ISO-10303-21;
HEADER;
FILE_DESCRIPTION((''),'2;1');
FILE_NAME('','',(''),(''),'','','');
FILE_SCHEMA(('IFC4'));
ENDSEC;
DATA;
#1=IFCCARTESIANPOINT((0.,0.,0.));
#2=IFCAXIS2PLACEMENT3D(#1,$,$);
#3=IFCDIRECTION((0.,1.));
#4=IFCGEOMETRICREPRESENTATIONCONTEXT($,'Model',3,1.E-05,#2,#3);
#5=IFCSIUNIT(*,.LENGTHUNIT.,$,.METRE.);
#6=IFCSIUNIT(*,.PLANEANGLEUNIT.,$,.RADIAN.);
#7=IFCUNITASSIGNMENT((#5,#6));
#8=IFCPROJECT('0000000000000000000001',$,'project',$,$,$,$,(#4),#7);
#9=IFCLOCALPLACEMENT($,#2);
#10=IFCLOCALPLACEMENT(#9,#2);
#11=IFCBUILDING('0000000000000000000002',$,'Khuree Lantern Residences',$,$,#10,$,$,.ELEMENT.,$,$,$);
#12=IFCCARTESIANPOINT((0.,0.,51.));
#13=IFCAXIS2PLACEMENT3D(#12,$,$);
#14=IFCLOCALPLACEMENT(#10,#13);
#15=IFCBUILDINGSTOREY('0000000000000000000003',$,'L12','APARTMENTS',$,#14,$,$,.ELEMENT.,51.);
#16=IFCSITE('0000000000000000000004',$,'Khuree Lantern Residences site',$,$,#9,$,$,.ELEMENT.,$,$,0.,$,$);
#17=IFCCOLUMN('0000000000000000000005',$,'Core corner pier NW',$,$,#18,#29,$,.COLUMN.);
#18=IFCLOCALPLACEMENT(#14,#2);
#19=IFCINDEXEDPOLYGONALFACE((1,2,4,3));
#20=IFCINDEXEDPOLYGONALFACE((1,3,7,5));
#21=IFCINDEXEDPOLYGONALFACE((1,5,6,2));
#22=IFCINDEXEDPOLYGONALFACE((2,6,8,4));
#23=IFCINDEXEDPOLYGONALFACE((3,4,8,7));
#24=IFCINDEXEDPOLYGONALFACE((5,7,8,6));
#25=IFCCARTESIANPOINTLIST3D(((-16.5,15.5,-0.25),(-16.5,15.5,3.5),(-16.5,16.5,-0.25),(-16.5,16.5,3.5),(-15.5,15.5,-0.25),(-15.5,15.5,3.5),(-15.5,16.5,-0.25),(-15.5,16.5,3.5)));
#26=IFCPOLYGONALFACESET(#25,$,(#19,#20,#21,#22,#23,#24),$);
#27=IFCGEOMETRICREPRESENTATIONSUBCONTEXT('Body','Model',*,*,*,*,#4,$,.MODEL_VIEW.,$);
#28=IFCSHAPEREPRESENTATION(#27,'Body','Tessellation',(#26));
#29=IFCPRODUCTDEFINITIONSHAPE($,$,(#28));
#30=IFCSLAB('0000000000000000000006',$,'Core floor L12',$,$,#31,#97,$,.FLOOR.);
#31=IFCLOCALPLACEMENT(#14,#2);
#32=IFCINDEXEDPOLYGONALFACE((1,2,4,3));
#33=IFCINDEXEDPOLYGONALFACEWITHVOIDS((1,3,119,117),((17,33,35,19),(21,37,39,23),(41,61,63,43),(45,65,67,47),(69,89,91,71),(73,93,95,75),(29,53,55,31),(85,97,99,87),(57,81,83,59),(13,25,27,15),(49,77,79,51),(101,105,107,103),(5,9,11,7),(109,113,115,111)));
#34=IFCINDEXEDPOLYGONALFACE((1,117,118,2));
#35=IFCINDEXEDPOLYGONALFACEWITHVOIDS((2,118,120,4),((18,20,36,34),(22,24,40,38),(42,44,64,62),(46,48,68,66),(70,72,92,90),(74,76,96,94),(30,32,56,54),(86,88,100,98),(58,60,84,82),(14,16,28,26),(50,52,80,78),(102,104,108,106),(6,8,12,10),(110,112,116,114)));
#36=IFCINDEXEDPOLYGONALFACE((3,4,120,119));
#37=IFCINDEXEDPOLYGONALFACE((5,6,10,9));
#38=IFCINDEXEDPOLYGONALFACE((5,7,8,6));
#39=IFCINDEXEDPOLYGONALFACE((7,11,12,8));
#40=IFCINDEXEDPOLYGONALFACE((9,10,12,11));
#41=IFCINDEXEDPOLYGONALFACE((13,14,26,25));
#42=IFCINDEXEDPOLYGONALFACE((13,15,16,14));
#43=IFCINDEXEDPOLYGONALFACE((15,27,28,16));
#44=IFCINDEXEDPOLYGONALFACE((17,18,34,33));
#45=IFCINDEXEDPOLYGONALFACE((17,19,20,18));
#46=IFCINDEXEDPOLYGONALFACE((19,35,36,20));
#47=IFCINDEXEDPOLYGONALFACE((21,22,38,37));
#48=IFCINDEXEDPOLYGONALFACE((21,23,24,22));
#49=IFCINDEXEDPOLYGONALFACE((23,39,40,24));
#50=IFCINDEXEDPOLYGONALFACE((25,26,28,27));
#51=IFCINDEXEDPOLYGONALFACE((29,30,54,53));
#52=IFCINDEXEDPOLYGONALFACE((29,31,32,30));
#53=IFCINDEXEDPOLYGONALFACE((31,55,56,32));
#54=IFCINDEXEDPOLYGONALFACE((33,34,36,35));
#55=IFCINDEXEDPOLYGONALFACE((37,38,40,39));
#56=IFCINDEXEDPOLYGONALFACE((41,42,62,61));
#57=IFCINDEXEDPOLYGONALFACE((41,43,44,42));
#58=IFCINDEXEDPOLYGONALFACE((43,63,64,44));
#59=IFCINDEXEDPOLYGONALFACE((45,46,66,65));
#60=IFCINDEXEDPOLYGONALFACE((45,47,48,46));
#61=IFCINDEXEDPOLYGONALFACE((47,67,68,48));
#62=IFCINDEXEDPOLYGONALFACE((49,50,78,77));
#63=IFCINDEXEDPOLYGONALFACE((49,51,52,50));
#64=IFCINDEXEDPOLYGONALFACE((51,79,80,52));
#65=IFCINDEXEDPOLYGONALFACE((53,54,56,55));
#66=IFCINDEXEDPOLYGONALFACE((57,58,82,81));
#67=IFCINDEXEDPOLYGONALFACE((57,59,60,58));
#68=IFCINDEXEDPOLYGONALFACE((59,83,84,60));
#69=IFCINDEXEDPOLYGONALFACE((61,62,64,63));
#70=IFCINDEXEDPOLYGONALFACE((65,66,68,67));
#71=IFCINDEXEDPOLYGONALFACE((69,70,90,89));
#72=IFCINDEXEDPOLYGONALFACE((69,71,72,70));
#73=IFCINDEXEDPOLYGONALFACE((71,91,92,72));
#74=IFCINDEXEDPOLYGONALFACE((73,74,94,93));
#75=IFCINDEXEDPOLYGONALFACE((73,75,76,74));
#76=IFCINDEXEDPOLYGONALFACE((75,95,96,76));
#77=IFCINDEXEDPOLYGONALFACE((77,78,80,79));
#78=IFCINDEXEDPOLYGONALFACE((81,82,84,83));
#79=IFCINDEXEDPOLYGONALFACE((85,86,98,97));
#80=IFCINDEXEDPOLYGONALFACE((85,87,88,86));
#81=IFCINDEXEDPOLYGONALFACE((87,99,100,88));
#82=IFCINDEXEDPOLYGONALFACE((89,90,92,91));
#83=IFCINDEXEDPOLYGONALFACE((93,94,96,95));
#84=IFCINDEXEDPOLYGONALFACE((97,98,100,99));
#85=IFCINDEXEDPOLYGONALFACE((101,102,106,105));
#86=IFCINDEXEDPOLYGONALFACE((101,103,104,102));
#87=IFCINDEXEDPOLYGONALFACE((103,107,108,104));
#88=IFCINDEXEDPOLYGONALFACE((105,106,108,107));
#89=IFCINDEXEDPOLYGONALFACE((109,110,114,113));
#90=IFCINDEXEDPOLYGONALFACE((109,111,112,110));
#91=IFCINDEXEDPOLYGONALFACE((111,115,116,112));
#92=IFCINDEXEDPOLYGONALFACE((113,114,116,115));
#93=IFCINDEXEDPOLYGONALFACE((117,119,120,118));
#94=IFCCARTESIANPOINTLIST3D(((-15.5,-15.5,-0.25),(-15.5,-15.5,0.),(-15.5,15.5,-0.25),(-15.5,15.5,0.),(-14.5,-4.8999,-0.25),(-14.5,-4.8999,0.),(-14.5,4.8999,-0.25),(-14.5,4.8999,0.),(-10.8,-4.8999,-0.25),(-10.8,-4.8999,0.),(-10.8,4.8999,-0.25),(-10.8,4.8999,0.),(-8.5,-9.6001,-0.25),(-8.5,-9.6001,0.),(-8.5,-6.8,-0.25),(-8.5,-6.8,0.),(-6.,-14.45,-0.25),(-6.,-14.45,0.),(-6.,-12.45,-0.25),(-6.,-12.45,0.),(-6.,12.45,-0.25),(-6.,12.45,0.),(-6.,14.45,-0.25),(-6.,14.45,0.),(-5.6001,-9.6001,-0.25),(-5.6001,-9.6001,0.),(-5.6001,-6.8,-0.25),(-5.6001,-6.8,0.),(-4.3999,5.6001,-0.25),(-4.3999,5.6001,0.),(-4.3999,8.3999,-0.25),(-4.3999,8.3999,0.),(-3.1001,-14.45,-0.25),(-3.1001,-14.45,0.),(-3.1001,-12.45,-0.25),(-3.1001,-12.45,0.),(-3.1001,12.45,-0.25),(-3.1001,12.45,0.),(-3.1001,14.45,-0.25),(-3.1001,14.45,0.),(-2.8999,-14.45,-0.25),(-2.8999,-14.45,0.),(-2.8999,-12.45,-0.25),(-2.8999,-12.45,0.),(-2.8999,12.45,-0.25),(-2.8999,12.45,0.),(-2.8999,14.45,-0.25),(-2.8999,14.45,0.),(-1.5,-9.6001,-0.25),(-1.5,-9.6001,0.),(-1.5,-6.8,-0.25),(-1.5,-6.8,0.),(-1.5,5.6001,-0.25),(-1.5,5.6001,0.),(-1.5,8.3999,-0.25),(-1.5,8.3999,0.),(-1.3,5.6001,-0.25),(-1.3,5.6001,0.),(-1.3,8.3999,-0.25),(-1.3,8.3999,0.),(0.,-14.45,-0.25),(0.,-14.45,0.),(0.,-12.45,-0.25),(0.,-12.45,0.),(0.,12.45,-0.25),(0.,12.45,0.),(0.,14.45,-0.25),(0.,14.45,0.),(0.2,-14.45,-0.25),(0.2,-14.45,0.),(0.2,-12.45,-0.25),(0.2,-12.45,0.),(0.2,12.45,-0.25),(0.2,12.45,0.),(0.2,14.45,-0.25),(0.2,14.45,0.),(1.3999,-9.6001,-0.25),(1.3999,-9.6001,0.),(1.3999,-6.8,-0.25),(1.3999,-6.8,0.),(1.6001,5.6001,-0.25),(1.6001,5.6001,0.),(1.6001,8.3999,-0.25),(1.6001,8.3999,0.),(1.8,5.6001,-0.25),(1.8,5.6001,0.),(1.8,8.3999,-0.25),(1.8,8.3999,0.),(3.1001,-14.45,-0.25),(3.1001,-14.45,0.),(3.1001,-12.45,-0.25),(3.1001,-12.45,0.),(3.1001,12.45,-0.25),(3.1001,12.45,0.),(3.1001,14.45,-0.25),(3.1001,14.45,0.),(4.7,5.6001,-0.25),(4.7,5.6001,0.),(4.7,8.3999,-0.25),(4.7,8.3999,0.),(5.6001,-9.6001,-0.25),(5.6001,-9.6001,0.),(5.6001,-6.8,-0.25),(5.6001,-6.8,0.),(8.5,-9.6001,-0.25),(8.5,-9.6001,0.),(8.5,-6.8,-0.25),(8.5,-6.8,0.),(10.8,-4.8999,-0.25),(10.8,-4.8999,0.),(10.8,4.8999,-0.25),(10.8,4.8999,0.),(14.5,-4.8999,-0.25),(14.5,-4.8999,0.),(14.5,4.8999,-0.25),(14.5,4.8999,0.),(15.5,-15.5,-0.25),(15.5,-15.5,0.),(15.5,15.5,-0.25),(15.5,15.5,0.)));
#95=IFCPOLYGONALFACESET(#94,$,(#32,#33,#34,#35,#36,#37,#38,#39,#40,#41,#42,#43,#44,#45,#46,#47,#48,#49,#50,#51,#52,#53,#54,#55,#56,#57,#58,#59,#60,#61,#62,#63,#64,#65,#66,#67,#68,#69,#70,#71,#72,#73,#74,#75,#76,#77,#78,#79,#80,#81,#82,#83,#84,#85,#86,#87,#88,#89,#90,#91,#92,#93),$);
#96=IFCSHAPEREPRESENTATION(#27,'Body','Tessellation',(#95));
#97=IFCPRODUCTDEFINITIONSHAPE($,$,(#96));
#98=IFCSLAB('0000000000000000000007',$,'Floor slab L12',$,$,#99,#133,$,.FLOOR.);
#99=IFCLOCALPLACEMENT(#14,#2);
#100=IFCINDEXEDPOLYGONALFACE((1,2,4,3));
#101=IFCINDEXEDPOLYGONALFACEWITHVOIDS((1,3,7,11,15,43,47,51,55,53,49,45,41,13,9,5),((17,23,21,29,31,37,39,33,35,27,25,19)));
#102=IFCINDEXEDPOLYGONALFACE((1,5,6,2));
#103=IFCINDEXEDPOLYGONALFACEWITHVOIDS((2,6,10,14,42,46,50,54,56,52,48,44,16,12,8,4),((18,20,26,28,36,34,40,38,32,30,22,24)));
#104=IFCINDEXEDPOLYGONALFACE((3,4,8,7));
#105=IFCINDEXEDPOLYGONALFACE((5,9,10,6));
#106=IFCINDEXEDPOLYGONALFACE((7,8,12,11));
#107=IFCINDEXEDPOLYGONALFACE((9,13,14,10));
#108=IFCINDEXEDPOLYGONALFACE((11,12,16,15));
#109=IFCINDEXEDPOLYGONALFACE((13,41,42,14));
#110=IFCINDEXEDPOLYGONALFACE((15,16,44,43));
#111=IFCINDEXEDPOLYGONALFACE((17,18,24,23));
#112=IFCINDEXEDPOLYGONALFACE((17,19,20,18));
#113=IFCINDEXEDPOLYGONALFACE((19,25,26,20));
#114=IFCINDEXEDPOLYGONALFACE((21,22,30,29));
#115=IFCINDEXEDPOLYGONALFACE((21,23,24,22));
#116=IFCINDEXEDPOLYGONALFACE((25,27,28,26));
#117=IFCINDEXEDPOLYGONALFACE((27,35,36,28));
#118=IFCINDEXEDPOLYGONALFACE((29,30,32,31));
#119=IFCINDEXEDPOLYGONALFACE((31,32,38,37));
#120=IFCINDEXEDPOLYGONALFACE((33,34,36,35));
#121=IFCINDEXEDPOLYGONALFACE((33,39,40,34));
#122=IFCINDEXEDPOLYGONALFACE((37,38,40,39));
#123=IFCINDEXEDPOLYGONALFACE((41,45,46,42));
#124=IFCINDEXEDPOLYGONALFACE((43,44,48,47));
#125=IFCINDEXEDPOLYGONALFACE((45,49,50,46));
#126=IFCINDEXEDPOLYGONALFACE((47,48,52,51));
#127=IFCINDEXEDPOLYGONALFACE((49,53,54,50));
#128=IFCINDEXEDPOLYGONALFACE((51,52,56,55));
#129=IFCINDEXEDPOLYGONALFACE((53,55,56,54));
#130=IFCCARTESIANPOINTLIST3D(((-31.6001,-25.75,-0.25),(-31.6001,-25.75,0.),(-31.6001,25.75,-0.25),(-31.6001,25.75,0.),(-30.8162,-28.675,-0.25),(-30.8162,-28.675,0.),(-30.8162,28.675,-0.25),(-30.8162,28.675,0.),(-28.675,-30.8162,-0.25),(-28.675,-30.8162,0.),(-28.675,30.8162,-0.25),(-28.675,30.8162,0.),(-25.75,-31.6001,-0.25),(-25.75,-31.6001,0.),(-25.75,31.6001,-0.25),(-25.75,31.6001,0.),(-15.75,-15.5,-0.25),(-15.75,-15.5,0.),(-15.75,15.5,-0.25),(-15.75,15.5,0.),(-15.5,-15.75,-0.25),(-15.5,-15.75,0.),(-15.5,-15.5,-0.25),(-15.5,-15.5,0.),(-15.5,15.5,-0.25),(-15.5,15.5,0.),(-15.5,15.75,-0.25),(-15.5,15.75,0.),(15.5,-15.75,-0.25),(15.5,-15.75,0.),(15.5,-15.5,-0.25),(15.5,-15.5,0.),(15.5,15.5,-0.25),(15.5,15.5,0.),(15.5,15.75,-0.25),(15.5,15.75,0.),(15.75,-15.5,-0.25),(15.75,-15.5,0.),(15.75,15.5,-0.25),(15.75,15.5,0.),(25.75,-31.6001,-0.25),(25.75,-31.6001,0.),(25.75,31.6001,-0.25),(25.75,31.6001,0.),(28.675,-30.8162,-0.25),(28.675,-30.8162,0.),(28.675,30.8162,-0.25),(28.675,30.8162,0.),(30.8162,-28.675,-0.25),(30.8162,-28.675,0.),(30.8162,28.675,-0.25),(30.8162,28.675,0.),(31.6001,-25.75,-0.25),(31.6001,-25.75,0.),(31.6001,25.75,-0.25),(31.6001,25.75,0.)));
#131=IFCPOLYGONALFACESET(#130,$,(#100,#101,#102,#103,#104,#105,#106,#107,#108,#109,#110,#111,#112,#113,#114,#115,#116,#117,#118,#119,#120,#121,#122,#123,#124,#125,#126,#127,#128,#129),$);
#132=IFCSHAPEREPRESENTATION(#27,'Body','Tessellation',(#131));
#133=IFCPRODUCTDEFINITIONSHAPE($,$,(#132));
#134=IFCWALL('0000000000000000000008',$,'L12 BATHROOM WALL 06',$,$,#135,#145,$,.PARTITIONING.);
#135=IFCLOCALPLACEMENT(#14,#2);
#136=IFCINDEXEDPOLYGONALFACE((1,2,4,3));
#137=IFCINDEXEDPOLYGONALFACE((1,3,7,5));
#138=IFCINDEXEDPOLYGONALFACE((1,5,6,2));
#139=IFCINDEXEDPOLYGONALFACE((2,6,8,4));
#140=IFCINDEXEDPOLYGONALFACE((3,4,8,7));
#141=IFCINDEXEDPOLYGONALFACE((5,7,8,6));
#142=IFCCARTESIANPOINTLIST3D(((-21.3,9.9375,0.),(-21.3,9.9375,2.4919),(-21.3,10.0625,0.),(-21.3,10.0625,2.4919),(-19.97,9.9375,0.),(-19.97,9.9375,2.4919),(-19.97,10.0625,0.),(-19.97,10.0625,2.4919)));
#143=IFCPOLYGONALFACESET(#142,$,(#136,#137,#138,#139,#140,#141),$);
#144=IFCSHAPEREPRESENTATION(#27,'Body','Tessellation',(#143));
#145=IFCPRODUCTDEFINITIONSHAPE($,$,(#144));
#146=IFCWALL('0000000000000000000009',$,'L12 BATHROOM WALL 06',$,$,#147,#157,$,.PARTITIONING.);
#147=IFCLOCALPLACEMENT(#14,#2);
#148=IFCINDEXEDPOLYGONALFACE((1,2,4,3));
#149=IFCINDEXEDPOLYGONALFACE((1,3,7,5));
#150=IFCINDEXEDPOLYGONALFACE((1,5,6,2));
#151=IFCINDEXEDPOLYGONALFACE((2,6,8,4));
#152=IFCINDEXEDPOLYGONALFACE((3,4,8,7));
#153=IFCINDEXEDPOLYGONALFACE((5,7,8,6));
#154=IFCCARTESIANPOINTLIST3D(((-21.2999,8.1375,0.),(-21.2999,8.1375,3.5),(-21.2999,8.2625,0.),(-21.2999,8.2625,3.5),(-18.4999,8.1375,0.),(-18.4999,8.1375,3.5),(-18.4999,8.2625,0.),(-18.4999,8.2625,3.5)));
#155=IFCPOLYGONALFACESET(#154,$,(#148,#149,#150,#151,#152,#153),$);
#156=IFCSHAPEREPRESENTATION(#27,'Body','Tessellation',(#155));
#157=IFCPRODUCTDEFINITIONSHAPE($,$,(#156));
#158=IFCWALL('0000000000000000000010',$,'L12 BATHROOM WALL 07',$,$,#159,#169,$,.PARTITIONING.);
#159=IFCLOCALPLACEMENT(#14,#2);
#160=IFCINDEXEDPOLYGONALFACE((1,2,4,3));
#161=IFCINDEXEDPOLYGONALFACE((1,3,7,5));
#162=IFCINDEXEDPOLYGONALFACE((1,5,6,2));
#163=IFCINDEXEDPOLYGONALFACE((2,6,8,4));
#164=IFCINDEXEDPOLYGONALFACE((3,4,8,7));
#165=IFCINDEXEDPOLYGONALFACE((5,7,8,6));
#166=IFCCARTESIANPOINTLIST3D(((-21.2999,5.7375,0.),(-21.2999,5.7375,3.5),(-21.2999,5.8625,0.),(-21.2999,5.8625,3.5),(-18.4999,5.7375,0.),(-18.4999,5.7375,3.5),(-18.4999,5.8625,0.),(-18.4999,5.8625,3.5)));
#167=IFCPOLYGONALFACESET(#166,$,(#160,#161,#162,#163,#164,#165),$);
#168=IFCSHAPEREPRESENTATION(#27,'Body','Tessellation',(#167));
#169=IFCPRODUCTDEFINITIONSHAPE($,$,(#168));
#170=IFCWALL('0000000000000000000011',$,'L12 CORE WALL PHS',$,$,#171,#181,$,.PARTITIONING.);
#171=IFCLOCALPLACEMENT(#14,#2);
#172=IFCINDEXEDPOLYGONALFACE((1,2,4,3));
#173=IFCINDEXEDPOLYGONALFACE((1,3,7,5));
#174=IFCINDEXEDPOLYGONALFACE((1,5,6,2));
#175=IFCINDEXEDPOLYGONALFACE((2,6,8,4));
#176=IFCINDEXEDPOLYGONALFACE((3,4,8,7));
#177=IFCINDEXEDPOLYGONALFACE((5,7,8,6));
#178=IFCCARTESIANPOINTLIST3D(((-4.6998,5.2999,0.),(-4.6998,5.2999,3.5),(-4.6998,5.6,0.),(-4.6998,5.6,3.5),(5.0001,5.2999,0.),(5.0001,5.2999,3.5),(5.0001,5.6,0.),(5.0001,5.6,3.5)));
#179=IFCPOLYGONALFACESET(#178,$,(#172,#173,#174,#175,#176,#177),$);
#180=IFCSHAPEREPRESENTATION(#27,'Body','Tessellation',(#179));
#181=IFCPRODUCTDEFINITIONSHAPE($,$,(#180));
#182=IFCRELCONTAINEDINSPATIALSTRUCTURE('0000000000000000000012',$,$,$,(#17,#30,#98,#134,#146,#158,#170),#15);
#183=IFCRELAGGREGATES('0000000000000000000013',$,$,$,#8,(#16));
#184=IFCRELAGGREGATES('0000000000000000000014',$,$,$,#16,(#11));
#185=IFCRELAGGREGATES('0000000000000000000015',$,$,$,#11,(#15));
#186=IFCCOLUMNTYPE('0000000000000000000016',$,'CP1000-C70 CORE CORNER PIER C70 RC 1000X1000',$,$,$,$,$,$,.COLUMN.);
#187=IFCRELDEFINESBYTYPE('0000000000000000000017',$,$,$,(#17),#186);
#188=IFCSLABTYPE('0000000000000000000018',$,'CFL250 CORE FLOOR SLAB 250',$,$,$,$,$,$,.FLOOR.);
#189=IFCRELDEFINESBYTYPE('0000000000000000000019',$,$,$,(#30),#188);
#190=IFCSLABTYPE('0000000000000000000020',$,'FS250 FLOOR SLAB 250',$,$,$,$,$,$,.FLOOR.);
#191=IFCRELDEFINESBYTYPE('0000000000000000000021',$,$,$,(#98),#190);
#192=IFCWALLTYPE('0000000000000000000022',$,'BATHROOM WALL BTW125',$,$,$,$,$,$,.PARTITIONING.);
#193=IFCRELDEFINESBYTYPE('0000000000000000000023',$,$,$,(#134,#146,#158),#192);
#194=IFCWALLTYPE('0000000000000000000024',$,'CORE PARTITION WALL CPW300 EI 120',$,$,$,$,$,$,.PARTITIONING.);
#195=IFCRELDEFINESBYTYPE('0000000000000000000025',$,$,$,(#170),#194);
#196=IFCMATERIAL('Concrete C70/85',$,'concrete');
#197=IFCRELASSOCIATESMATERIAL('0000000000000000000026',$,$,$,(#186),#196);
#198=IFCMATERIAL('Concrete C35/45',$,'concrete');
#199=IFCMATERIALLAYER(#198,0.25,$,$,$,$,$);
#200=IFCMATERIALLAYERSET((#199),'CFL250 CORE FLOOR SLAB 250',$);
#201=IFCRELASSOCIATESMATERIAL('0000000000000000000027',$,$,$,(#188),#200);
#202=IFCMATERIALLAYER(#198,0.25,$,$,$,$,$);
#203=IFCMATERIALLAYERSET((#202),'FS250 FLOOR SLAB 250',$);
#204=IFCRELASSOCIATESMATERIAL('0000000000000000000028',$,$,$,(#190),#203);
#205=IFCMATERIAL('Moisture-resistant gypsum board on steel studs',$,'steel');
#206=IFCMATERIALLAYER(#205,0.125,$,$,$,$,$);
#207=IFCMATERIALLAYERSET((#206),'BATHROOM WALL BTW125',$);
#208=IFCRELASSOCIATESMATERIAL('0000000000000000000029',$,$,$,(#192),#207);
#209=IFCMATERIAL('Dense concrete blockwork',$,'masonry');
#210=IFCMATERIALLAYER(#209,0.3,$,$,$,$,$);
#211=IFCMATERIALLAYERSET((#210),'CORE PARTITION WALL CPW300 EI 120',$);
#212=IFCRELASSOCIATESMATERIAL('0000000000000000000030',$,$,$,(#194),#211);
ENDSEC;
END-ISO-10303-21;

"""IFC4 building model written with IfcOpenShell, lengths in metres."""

from ifc_helpers import new_model, si_unit, direction, frame, frame_2d, origin, origin_2d, place, context, subcontext, project, spatial, polyline, rectangle, outline, extrude, material, layer, layer_set, material_profile, profile_set, type_object, element, save


model = new_model("IFC4")

# Units and contexts
model_context = context("Model", 3, precision=1e-05, world=origin(), true_north=direction((0.0, 1.0)))
body_context = subcontext(model_context, "Body", "Model", "MODEL_VIEW")
ifc_project = project(units=[si_unit("LENGTHUNIT", "METRE"), si_unit("PLANEANGLEUNIT", "RADIAN")], contexts=[model_context])

# Site, building, storey
site_placement = place(None, origin())
site = spatial("IfcSite", under=ifc_project, at=site_placement, Name="Khuree Lantern Residences site", CompositionType="ELEMENT", RefElevation=0.0)
building_placement = place(site_placement, origin())
building = spatial("IfcBuilding", under=site, at=building_placement, Name="Khuree Lantern Residences", CompositionType="ELEMENT")
storey_placement = place(building_placement, frame((0.0, 0.0, 51.0)))
storey = spatial("IfcBuildingStorey", under=building, at=storey_placement, Name="L12", Description="APARTMENTS", CompositionType="ELEMENT", Elevation=51.0)

# Column
ifc_material_1 = material(Name="Concrete C70/85", Category="concrete")
ifc_material_profile = material_profile(ifc_material_1, rectangle(XDim=1.0, YDim=1.0, at=origin_2d()), Name="RC 1000X1000")
ifc_profile_set = profile_set([ifc_material_profile], Name="Concrete C70/85")
column_type = type_object("IfcColumnType", Name="CP1000-C70 CORE CORNER PIER C70 RC 1000X1000", PredefinedType="COLUMN", material=ifc_profile_set)
column_placement = place(storey_placement, frame((-16.0, 16.0, -0.25), z_axis=(0.0, 0.0, 1.0), x_axis=(1.0, 0.0, 0.0)))
element("IfcColumn", 1, at=column_placement, inside=storey, type_object=column_type, Name="Core corner pier NW", PredefinedType="COLUMN", context=body_context, shape_type="SweptSolid", body=[
    extrude(rectangle(XDim=1.0, YDim=1.0, at=origin_2d()), origin(), (0.0, 0.0, 1.0), 3.75),
])

# Slabs
ifc_material_2 = material(Name="Concrete C35/45", Category="concrete")
ifc_layer_1 = layer(ifc_material_2, 0.25)
ifc_layer_set_1 = layer_set([ifc_layer_1], Name="CFL250 CORE FLOOR SLAB 250")
slab_type_1 = type_object("IfcSlabType", Name="CFL250 CORE FLOOR SLAB 250", PredefinedType="FLOOR", material=ifc_layer_set_1)
slab_1_placement = place(storey_placement, frame((0.0, 0.0, -0.25)))
element("IfcSlab", 2, at=slab_1_placement, inside=storey, type_object=slab_type_1, Name="Core floor L12", PredefinedType="FLOOR", context=body_context, shape_type="SweptSolid", body=[
    extrude(outline(polyline([(-15.5, -15.5), (-15.5, 15.5), (15.5, 15.5), (15.5, -15.5), (-15.5, -15.5)]), holes=[polyline([(14.5, 4.8999), (10.8, 4.8999), (10.8, -4.8999), (14.5, -4.8999), (14.5, 4.8999)]), polyline([(8.5, -6.8), (5.6001, -6.8), (5.6001, -9.6001), (8.5, -9.6001), (8.5, -6.8)]), polyline([(4.7, 8.3999), (1.8, 8.3999), (1.8, 5.6001), (4.7, 5.6001), (4.7, 8.3999)]), polyline([(0.2, -12.45), (0.2, -14.45), (3.1001, -14.45), (3.1001, -12.45), (0.2, -12.45)]), polyline([(3.1001, 14.45), (0.2, 14.45), (0.2, 12.45), (3.1001, 12.45), (3.1001, 14.45)]), polyline([(1.6001, 8.3999), (-1.3, 8.3999), (-1.3, 5.6001), (1.6001, 5.6001), (1.6001, 8.3999)]), polyline([(1.3999, -6.8), (-1.5, -6.8), (-1.5, -9.6001), (1.3999, -9.6001), (1.3999, -6.8)]), polyline([(0.0, -12.45), (-2.8999, -12.45), (-2.8999, -14.45), (0.0, -14.45), (0.0, -12.45)]), polyline([(0.0, 14.45), (-2.8999, 14.45), (-2.8999, 12.45), (0.0, 12.45), (0.0, 14.45)]), polyline([(-1.5, 8.3999), (-4.3999, 8.3999), (-4.3999, 5.6001), (-1.5, 5.6001), (-1.5, 8.3999)]), polyline([(-6.0, -12.45), (-6.0, -14.45), (-3.1001, -14.45), (-3.1001, -12.45), (-6.0, -12.45)]), polyline([(-3.1001, 14.45), (-6.0, 14.45), (-6.0, 12.45), (-3.1001, 12.45), (-3.1001, 14.45)]), polyline([(-5.6001, -6.8), (-8.5, -6.8), (-8.5, -9.6001), (-5.6001, -9.6001), (-5.6001, -6.8)]), polyline([(-10.8, 4.8999), (-14.5, 4.8999), (-14.5, -4.8999), (-10.8, -4.8999), (-10.8, 4.8999)])]), origin(), (0.0, 0.0, 1.0), 0.25),
])
ifc_layer_2 = layer(ifc_material_2, 0.25)
ifc_layer_set_2 = layer_set([ifc_layer_2], Name="FS250 FLOOR SLAB 250")
slab_type_2 = type_object("IfcSlabType", Name="FS250 FLOOR SLAB 250", PredefinedType="FLOOR", material=ifc_layer_set_2)
slab_2_placement = place(storey_placement, frame((0.0, 0.0, -0.25)))
element("IfcSlab", 3, at=slab_2_placement, inside=storey, type_object=slab_type_2, Name="Floor slab L12", PredefinedType="FLOOR", context=body_context, shape_type="SweptSolid", body=[
    extrude(outline(polyline([(-28.675, -30.8162), (-30.8162, -28.675), (-31.6001, -25.75), (-31.6001, 25.75), (-30.8162, 28.675), (-28.675, 30.8162), (-25.75, 31.6001), (25.75, 31.6001), (28.675, 30.8162), (30.8162, 28.675), (31.6001, 25.75), (31.6001, -25.75), (30.8162, -28.675), (28.675, -30.8162), (25.75, -31.6001), (-25.75, -31.6001), (-28.675, -30.8162)]), holes=[polyline([(15.75, 15.5), (15.5, 15.5), (15.5, 15.75), (-15.5, 15.75), (-15.5, 15.5), (-15.75, 15.5), (-15.75, -15.5), (-15.5, -15.5), (-15.5, -15.75), (15.5, -15.75), (15.5, -15.5), (15.75, -15.5), (15.75, 15.5)])]), origin(), (0.0, 0.0, 1.0), 0.25),
])

# Walls
ifc_material_3 = material(Name="Moisture-resistant gypsum board on steel studs", Category="steel")
ifc_layer_3 = layer(ifc_material_3, 0.125)
ifc_layer_set_3 = layer_set([ifc_layer_3], Name="BATHROOM WALL BTW125")
wall_type_1 = type_object("IfcWallType", Name="BATHROOM WALL BTW125", PredefinedType="PARTITIONING", material=ifc_layer_set_3)
wall_1_placement = place(storey_placement, frame((-19.97, 10.0, 0.0), z_axis=(0.0, 0.0, 1.0), x_axis=(-1.0, 0.0, 0.0)))
element("IfcWall", 4, at=wall_1_placement, inside=storey, type_object=wall_type_1, Name="L12 BATHROOM WALL 06", PredefinedType="PARTITIONING", context=body_context, shape_type="SweptSolid", body=[
    extrude(rectangle(XDim=1.3301, YDim=0.125, at=frame_2d((0.665, 0.0))), origin(), (0.0, 0.0, 1.0), 2.4919),
])
for number, where, z_axis, x_axis, name in (
    (5, (-18.5, 8.2, 0.0), (0.0, 0.0, 1.0), (-1.0, 0.0, 0.0), "L12 BATHROOM WALL 06"),
    (6, (-18.5, 5.8, 0.0), (0.0, 0.0, 1.0), (-1.0, 0.0, 0.0), "L12 BATHROOM WALL 07"),
):
    element("IfcWall", number, at=place(storey_placement, frame(where, z_axis=z_axis, x_axis=x_axis)), inside=storey, type_object=wall_type_1, Name=name, PredefinedType="PARTITIONING", context=body_context, shape_type="SweptSolid", body=[
        extrude(rectangle(XDim=2.8, YDim=0.125, at=frame_2d((1.3999, 0.0))), origin(), (0.0, 0.0, 1.0), 3.5),
    ])
ifc_material_4 = material(Name="Dense concrete blockwork", Category="masonry")
ifc_layer_4 = layer(ifc_material_4, 0.3)
ifc_layer_set_4 = layer_set([ifc_layer_4], Name="CORE PARTITION WALL CPW300 EI 120")
wall_type_2 = type_object("IfcWallType", Name="CORE PARTITION WALL CPW300 EI 120", PredefinedType="PARTITIONING", material=ifc_layer_set_4)
wall_2_placement = place(storey_placement, frame((-4.7, 5.45, 0.0), z_axis=(0.0, 0.0, 1.0), x_axis=(1.0, 0.0, 0.0)))
element("IfcWall", 7, at=wall_2_placement, inside=storey, type_object=wall_type_2, Name="L12 CORE WALL PHS", PredefinedType="PARTITIONING", context=body_context, shape_type="SweptSolid", body=[
    extrude(rectangle(XDim=9.7, YDim=0.3, at=frame_2d((4.8501, 0.0))), origin(), (0.0, 0.0, 1.0), 3.5),
])

save(model, "model.ifc")
